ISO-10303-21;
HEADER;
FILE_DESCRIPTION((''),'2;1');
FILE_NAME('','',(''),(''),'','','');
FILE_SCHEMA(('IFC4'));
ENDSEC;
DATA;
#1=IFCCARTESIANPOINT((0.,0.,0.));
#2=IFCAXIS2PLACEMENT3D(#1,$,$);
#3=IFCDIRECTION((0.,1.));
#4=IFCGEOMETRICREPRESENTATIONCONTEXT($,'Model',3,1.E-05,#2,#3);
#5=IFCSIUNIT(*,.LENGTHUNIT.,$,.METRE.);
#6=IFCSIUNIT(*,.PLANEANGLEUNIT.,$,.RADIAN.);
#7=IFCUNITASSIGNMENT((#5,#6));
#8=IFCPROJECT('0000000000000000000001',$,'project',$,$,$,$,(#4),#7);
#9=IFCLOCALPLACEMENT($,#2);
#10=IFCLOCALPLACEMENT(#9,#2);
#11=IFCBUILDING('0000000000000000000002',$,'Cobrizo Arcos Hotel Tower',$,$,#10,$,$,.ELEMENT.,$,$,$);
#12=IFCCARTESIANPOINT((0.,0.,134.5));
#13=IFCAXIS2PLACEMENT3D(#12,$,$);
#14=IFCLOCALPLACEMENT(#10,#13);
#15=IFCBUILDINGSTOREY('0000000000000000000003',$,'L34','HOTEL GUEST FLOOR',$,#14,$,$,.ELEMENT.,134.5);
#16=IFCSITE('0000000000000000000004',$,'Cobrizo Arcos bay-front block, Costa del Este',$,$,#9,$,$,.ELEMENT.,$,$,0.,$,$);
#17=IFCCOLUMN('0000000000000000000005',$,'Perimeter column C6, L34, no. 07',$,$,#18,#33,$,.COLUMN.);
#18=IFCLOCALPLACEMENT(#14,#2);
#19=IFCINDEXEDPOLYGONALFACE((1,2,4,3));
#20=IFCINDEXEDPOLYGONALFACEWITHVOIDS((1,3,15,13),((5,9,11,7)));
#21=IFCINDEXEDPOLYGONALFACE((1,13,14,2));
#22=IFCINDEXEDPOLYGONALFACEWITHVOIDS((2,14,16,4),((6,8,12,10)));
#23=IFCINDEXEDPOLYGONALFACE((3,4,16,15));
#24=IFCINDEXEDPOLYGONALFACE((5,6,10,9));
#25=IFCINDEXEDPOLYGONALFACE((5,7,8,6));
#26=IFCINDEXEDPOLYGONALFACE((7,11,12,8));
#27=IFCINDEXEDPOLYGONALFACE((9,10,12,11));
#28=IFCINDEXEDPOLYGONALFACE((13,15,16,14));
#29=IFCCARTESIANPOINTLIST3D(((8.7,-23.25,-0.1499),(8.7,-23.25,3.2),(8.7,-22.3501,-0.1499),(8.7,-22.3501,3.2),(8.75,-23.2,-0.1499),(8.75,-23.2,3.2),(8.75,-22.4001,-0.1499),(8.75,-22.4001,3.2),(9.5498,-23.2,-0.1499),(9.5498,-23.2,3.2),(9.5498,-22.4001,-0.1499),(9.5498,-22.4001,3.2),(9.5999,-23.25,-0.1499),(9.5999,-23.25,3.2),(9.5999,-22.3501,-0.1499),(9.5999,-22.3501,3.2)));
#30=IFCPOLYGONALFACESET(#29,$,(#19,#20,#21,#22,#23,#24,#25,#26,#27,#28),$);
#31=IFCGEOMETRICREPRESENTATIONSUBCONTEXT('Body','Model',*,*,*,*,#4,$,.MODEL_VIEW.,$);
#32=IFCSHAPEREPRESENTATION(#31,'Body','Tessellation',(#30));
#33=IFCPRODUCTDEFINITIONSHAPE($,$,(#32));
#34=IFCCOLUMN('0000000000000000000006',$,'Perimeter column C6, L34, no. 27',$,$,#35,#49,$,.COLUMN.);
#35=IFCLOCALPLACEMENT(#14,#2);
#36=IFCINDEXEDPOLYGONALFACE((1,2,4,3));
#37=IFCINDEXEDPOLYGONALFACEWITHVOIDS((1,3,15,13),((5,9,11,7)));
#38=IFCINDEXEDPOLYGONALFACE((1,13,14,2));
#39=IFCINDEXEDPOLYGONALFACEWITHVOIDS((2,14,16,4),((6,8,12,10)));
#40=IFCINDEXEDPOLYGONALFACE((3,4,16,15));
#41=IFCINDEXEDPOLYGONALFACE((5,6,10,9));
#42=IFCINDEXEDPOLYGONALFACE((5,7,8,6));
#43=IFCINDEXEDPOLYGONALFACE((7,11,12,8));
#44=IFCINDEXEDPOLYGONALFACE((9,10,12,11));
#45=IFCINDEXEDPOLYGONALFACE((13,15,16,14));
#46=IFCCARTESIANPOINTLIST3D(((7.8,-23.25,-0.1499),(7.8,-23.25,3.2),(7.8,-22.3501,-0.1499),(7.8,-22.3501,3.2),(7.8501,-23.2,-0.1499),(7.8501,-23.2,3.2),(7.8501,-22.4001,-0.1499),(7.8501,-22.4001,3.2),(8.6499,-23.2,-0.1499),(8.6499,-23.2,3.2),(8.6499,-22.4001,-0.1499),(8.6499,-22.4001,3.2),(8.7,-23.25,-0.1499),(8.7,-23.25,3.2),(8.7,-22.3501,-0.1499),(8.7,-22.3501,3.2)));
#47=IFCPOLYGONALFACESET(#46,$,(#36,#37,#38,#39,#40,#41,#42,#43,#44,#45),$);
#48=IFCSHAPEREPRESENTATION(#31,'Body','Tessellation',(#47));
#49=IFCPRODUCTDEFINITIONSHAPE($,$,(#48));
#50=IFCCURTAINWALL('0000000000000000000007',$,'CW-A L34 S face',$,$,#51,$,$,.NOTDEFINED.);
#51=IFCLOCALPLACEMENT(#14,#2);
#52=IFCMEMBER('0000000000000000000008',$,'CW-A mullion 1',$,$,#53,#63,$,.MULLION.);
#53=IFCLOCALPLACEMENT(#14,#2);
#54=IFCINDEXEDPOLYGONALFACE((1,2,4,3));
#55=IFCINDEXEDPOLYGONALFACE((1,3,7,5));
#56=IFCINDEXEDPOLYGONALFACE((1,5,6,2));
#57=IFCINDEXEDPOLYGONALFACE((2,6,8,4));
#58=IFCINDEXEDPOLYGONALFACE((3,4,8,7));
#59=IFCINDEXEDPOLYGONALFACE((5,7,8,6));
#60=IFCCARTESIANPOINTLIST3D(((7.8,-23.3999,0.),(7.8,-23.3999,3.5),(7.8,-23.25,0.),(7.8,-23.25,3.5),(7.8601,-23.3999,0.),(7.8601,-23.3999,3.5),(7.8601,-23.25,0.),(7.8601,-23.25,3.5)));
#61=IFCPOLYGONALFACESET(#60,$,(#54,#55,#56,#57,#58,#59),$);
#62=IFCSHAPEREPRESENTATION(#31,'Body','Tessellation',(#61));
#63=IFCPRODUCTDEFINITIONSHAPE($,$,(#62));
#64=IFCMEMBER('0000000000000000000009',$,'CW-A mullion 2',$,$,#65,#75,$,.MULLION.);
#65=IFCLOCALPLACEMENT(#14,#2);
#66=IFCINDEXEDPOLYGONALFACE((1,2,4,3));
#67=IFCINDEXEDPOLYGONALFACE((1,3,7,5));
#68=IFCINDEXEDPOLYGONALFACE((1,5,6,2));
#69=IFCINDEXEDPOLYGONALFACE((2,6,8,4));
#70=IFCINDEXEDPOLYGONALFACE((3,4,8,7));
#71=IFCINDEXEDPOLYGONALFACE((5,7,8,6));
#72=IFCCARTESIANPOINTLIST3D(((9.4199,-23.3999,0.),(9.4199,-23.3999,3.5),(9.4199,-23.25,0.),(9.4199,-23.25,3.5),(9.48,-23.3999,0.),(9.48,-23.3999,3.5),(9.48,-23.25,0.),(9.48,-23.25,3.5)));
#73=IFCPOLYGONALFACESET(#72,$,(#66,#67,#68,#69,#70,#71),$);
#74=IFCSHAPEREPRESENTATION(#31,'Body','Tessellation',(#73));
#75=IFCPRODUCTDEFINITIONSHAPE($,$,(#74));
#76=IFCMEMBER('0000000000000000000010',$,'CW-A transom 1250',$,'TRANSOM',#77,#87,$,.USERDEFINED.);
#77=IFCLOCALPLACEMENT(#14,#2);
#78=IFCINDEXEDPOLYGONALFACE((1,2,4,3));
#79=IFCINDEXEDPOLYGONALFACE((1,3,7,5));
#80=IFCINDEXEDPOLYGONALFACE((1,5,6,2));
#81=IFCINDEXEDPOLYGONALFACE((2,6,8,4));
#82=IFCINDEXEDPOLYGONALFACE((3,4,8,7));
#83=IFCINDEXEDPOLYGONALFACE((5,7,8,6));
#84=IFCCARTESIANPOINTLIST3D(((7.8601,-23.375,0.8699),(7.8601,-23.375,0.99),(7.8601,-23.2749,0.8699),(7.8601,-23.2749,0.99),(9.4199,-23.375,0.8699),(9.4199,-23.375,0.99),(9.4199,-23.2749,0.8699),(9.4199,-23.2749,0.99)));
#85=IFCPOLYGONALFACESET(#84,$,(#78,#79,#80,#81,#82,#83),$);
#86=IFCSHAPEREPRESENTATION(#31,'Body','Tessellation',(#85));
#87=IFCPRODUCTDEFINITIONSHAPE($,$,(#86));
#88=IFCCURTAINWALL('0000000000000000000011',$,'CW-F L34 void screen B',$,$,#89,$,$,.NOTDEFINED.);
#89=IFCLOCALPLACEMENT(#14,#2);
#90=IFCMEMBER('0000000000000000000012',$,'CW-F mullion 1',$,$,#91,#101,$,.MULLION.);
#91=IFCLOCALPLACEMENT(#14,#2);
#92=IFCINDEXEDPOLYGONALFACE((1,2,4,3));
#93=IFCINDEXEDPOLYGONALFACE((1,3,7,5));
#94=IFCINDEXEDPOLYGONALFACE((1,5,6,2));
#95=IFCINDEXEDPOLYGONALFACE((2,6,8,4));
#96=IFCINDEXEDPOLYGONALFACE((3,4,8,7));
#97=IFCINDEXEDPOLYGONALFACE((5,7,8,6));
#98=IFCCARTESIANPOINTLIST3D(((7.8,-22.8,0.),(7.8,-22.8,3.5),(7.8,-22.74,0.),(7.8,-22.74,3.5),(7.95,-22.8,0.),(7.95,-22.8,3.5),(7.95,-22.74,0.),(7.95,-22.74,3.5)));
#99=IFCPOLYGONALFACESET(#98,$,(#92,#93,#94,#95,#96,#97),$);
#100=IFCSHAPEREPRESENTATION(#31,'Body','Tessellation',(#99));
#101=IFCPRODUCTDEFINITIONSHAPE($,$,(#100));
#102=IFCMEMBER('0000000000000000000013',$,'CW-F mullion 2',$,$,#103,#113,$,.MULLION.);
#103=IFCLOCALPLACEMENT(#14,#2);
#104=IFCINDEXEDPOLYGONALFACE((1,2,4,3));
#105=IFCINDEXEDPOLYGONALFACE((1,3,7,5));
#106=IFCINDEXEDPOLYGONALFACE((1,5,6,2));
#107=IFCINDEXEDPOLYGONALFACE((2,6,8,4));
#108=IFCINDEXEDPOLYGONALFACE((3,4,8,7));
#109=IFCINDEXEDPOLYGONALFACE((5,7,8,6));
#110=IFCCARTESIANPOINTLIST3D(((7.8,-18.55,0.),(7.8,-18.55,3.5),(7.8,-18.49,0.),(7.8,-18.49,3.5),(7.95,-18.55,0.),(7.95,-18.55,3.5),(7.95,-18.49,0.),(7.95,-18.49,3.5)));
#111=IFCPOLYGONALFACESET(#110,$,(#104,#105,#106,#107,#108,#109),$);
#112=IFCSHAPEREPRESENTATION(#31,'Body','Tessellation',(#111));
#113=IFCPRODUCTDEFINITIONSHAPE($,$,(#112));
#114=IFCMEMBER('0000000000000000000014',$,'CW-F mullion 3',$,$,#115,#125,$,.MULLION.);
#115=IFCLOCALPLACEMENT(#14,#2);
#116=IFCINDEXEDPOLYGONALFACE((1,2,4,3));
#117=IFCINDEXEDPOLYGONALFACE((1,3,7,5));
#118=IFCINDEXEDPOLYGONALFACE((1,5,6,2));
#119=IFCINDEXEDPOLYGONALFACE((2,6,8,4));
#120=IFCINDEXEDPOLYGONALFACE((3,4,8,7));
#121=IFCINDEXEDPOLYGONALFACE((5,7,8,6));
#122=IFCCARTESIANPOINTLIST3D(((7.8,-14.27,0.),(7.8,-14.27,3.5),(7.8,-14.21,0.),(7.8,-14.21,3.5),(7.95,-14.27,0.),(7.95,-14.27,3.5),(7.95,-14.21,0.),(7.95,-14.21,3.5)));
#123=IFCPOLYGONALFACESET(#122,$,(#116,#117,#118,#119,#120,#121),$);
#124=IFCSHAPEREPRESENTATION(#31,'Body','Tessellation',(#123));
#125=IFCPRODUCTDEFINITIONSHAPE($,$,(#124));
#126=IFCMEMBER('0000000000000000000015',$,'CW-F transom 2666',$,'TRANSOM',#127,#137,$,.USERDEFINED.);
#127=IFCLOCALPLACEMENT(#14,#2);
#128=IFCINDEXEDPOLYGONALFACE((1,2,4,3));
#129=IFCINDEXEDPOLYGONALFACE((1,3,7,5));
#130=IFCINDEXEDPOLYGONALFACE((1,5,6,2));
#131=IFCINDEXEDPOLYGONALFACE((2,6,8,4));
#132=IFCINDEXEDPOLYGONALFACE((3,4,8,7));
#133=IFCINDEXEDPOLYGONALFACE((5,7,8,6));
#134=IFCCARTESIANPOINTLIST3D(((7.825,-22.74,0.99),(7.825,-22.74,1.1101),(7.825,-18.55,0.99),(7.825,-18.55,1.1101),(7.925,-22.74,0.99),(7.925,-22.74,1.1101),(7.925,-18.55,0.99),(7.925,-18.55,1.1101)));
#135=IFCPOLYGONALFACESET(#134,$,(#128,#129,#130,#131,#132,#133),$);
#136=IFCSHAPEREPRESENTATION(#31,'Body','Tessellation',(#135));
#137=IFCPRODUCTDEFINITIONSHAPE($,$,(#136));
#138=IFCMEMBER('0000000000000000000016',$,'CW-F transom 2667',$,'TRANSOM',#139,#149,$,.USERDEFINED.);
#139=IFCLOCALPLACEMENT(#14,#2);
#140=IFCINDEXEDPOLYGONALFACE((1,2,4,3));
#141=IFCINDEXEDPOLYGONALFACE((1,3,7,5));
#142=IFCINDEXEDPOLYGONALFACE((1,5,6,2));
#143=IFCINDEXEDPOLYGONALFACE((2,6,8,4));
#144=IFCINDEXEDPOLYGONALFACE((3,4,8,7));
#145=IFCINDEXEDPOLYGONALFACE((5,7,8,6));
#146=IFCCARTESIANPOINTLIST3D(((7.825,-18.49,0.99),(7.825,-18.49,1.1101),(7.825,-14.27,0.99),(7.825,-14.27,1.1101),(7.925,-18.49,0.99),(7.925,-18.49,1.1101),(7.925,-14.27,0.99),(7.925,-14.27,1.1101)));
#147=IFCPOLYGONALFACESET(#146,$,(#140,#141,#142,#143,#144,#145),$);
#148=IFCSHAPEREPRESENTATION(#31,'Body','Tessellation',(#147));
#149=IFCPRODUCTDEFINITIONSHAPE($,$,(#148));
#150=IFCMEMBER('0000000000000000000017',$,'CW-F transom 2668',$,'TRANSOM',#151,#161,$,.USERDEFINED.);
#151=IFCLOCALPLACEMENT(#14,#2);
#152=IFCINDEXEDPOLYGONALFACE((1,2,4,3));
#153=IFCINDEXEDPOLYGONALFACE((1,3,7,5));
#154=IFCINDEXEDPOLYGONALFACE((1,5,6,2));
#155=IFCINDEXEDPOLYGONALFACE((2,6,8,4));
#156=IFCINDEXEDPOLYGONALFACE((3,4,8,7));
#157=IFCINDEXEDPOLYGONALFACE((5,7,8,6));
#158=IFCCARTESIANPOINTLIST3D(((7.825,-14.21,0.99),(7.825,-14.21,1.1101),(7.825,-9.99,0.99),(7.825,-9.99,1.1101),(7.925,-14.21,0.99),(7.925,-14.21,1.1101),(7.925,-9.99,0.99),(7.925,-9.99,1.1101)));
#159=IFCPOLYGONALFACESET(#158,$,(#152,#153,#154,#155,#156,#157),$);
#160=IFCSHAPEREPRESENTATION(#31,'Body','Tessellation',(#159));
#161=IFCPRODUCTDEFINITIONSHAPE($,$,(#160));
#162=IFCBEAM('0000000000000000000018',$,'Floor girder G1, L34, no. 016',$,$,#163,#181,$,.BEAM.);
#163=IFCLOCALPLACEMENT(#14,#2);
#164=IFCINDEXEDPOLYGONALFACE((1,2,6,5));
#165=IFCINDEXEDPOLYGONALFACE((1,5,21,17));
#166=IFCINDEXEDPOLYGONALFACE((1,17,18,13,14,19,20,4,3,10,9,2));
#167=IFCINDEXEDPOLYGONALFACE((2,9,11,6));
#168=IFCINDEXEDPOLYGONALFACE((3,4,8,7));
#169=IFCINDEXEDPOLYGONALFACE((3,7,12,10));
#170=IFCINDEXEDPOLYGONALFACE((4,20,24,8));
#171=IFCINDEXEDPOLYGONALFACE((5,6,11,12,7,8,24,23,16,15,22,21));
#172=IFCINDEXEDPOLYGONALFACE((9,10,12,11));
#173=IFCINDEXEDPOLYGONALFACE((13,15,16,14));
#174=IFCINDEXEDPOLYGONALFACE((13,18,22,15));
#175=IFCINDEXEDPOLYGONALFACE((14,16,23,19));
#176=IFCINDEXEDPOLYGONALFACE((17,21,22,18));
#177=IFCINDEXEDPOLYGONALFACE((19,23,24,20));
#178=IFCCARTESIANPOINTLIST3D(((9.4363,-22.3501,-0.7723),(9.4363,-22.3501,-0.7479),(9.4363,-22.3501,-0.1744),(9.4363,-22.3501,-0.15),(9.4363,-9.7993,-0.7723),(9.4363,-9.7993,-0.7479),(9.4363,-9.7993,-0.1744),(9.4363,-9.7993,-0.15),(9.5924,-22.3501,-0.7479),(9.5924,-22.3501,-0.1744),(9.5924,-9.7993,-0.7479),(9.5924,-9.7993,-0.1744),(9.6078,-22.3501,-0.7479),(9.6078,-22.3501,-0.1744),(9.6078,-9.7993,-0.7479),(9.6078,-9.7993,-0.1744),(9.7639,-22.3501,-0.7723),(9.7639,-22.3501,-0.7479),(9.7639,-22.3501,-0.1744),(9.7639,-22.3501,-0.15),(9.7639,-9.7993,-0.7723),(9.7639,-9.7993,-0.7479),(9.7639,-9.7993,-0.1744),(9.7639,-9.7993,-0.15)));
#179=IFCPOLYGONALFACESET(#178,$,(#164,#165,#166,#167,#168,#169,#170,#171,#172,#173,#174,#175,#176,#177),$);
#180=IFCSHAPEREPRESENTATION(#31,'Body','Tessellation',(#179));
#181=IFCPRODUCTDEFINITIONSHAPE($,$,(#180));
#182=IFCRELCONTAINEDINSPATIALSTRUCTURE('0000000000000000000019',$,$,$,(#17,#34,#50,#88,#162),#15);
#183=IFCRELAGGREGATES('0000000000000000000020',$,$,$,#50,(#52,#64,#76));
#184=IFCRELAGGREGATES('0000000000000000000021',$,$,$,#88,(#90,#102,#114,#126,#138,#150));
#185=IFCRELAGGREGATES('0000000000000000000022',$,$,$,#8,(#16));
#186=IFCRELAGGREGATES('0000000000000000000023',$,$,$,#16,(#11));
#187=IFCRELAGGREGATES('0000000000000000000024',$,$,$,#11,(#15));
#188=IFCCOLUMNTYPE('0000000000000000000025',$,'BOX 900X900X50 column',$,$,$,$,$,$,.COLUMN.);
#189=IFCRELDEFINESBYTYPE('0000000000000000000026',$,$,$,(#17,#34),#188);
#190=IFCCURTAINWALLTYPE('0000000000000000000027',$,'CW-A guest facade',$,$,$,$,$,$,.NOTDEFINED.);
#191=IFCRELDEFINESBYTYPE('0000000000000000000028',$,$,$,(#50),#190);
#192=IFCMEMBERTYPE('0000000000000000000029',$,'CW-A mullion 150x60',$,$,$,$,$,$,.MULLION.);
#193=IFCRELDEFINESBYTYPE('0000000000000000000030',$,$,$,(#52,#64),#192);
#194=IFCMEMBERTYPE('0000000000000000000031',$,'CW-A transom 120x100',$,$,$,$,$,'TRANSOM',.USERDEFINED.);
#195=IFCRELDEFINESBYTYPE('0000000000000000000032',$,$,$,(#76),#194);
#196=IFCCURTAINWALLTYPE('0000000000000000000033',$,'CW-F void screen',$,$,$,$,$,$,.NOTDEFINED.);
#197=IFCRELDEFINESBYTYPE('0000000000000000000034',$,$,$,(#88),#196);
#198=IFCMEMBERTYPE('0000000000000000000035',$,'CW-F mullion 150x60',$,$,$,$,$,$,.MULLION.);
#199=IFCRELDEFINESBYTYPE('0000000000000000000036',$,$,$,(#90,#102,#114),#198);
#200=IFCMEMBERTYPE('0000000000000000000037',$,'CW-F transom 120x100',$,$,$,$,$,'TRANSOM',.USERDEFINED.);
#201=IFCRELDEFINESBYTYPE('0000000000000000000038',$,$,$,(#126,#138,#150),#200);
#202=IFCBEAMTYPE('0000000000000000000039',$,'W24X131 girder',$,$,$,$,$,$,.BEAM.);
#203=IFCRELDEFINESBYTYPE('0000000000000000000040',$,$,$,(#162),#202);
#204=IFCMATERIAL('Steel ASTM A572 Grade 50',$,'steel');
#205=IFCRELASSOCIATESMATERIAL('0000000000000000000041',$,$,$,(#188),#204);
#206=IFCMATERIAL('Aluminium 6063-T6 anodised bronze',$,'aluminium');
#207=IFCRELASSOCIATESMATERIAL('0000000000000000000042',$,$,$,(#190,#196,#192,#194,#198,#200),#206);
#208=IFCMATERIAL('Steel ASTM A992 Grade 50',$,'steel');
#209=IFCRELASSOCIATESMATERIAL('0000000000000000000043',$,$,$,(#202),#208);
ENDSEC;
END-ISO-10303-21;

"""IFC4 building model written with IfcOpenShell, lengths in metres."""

from ifc_helpers import new_model, si_unit, direction, frame, origin, origin_2d, place, context, subcontext, project, spatial, rectangle, hollow_rectangle, i_section, extrude, material, material_profile, profile_set, type_object, element, aggregate, save


model = new_model("IFC4")

# Units and contexts
model_context = context("Model", 3, precision=1e-05, world=origin(), true_north=direction((0.0, 1.0)))
body_context = subcontext(model_context, "Body", "Model", "MODEL_VIEW")
ifc_project = project(units=[si_unit("LENGTHUNIT", "METRE"), si_unit("PLANEANGLEUNIT", "RADIAN")], contexts=[model_context])

# Site, building, storey
site_placement = place(None, origin())
site = spatial("IfcSite", under=ifc_project, at=site_placement, Name="Cobrizo Arcos bay-front block, Costa del Este", CompositionType="ELEMENT", RefElevation=0.0)
building_placement = place(site_placement, origin())
building = spatial("IfcBuilding", under=site, at=building_placement, Name="Cobrizo Arcos Hotel Tower", CompositionType="ELEMENT")
storey_placement = place(building_placement, frame((0.0, 0.0, 134.5)))
storey = spatial("IfcBuildingStorey", under=building, at=storey_placement, Name="L34", Description="HOTEL GUEST FLOOR", CompositionType="ELEMENT", Elevation=134.5)

# Columns
ifc_material_1 = material(Name="Steel ASTM A572 Grade 50", Category="steel")
ifc_material_profile_1 = material_profile(ifc_material_1, hollow_rectangle(XDim=0.8999, YDim=0.8999, WallThickness=0.05, at=origin_2d()), Name="BOX 900X900X50")
ifc_profile_set_1 = profile_set([ifc_material_profile_1], Name="Steel ASTM A572 Grade 50")
column_type = type_object("IfcColumnType", Name="BOX 900X900X50 column", PredefinedType="COLUMN", material=ifc_profile_set_1)
for number, where, z_axis, x_axis, name in (
    (1, (9.1499, -22.8, -0.1499), (0.0, 0.0, 1.0), (1.0, 0.0, 0.0), "Perimeter column C6, L34, no. 07"),
    (2, (8.25, -22.8, -0.1499), (0.0, 0.0, 1.0), (1.0, 0.0, 0.0), "Perimeter column C6, L34, no. 27"),
):
    element("IfcColumn", number, at=place(storey_placement, frame(where, z_axis=z_axis, x_axis=x_axis)), inside=storey, type_object=column_type, Name=name, PredefinedType="COLUMN", context=body_context, shape_type="SweptSolid", body=[
        extrude(hollow_rectangle(XDim=0.8999, YDim=0.8999, WallThickness=0.05, at=origin_2d()), origin(), (0.0, 0.0, 1.0), 3.3499),
    ])

# Curtain walls, members
ifc_material_2 = material(Name="Aluminium 6063-T6 anodised bronze", Category="aluminium")
curtain_wall_type_1 = type_object("IfcCurtainWallType", Name="CW-A guest facade", PredefinedType="NOTDEFINED", material=ifc_material_2)
curtain_wall_1_placement = place(storey_placement, origin())
curtain_wall_1 = element("IfcCurtainWall", 3, at=curtain_wall_1_placement, inside=storey, type_object=curtain_wall_type_1, Name="CW-A L34 S face", PredefinedType="NOTDEFINED")
ifc_material_profile_2 = material_profile(ifc_material_2, rectangle(XDim=0.1499, YDim=0.0601, at=origin_2d()), Name="CW-A mullion 150x60")
ifc_profile_set_2 = profile_set([ifc_material_profile_2], Name="Aluminium 6063-T6 anodised bronze")
member_type_1 = type_object("IfcMemberType", Name="CW-A mullion 150x60", PredefinedType="MULLION", material=ifc_profile_set_2)
member_1_placement = place(storey_placement, frame((7.8301, -23.325, 0.0), z_axis=(0.0, 0.0, 1.0), x_axis=(0.0, -1.0, 0.0)))
member_1 = element("IfcMember", 4, at=member_1_placement, type_object=member_type_1, Name="CW-A mullion 1", PredefinedType="MULLION", context=body_context, shape_type="SweptSolid", body=[
    extrude(rectangle(XDim=0.1499, YDim=0.0601, at=origin_2d()), origin(), (0.0, 0.0, 1.0), 3.5),
])
member_2_placement = place(storey_placement, frame((9.45, -23.325, 0.0), z_axis=(0.0, 0.0, 1.0), x_axis=(0.0, -1.0, 0.0)))
member_2 = element("IfcMember", 5, at=member_2_placement, type_object=member_type_1, Name="CW-A mullion 2", PredefinedType="MULLION", context=body_context, shape_type="SweptSolid", body=[
    extrude(rectangle(XDim=0.1499, YDim=0.0601, at=origin_2d()), origin(), (0.0, 0.0, 1.0), 3.5),
])
ifc_material_profile_3 = material_profile(ifc_material_2, rectangle(XDim=0.1001, YDim=0.1201, at=origin_2d()), Name="CW-A transom 120x100")
ifc_profile_set_3 = profile_set([ifc_material_profile_3], Name="Aluminium 6063-T6 anodised bronze")
member_type_2 = type_object("IfcMemberType", Name="CW-A transom 120x100", ElementType="TRANSOM", PredefinedType="USERDEFINED", material=ifc_profile_set_3)
member_3_placement = place(storey_placement, frame((7.8601, -23.325, 0.9299), z_axis=(1.0, 0.0, 0.0), x_axis=(0.0, 1.0, 0.0)))
member_3 = element("IfcMember", 6, at=member_3_placement, type_object=member_type_2, Name="CW-A transom 1250", ObjectType="TRANSOM", PredefinedType="USERDEFINED", context=body_context, shape_type="SweptSolid", body=[
    extrude(rectangle(XDim=0.1001, YDim=0.1201, at=origin_2d()), origin(), (0.0, 0.0, 1.0), 1.5598),
])
curtain_wall_type_2 = type_object("IfcCurtainWallType", Name="CW-F void screen", PredefinedType="NOTDEFINED", material=ifc_material_2)
curtain_wall_2_placement = place(storey_placement, origin())
curtain_wall_2 = element("IfcCurtainWall", 7, at=curtain_wall_2_placement, inside=storey, type_object=curtain_wall_type_2, Name="CW-F L34 void screen B", PredefinedType="NOTDEFINED")
ifc_material_profile_4 = material_profile(ifc_material_2, rectangle(XDim=0.1499, YDim=0.0601, at=origin_2d()), Name="CW-F mullion 150x60")
ifc_profile_set_4 = profile_set([ifc_material_profile_4], Name="Aluminium 6063-T6 anodised bronze")
member_type_3 = type_object("IfcMemberType", Name="CW-F mullion 150x60", PredefinedType="MULLION", material=ifc_profile_set_4)
member_4_placement = place(storey_placement, frame((7.875, -22.77, 0.0), z_axis=(0.0, 0.0, 1.0), x_axis=(1.0, 0.0, 0.0)))
member_4 = element("IfcMember", 8, at=member_4_placement, type_object=member_type_3, Name="CW-F mullion 1", PredefinedType="MULLION", context=body_context, shape_type="SweptSolid", body=[
    extrude(rectangle(XDim=0.1499, YDim=0.0601, at=origin_2d()), origin(), (0.0, 0.0, 1.0), 3.5),
])
member_5_placement = place(storey_placement, frame((7.875, -18.52, 0.0), z_axis=(0.0, 0.0, 1.0), x_axis=(1.0, 0.0, 0.0)))
member_5 = element("IfcMember", 9, at=member_5_placement, type_object=member_type_3, Name="CW-F mullion 2", PredefinedType="MULLION", context=body_context, shape_type="SweptSolid", body=[
    extrude(rectangle(XDim=0.1499, YDim=0.0601, at=origin_2d()), origin(), (0.0, 0.0, 1.0), 3.5),
])
member_6_placement = place(storey_placement, frame((7.875, -14.24, 0.0), z_axis=(0.0, 0.0, 1.0), x_axis=(1.0, 0.0, 0.0)))
member_6 = element("IfcMember", 10, at=member_6_placement, type_object=member_type_3, Name="CW-F mullion 3", PredefinedType="MULLION", context=body_context, shape_type="SweptSolid", body=[
    extrude(rectangle(XDim=0.1499, YDim=0.0601, at=origin_2d()), origin(), (0.0, 0.0, 1.0), 3.5),
])
ifc_material_profile_5 = material_profile(ifc_material_2, rectangle(XDim=0.1001, YDim=0.1201, at=origin_2d()), Name="CW-F transom 120x100")
ifc_profile_set_5 = profile_set([ifc_material_profile_5], Name="Aluminium 6063-T6 anodised bronze")
member_type_4 = type_object("IfcMemberType", Name="CW-F transom 120x100", ElementType="TRANSOM", PredefinedType="USERDEFINED", material=ifc_profile_set_5)
member_7_placement = place(storey_placement, frame((7.875, -22.74, 1.05), z_axis=(0.0, 1.0, 0.0), x_axis=(-1.0, 0.0, 0.0)))
member_7 = element("IfcMember", 11, at=member_7_placement, type_object=member_type_4, Name="CW-F transom 2666", ObjectType="TRANSOM", PredefinedType="USERDEFINED", context=body_context, shape_type="SweptSolid", body=[
    extrude(rectangle(XDim=0.1001, YDim=0.1201, at=origin_2d()), origin(), (0.0, 0.0, 1.0), 4.1899),
])
member_8_placement = place(storey_placement, frame((7.875, -18.49, 1.05), z_axis=(0.0, 1.0, 0.0), x_axis=(-1.0, 0.0, 0.0)))
member_8 = element("IfcMember", 12, at=member_8_placement, type_object=member_type_4, Name="CW-F transom 2667", ObjectType="TRANSOM", PredefinedType="USERDEFINED", context=body_context, shape_type="SweptSolid", body=[
    extrude(rectangle(XDim=0.1001, YDim=0.1201, at=origin_2d()), origin(), (0.0, 0.0, 1.0), 4.22),
])
member_9_placement = place(storey_placement, frame((7.875, -14.21, 1.05), z_axis=(0.0, 1.0, 0.0), x_axis=(-1.0, 0.0, 0.0)))
member_9 = element("IfcMember", 13, at=member_9_placement, type_object=member_type_4, Name="CW-F transom 2668", ObjectType="TRANSOM", PredefinedType="USERDEFINED", context=body_context, shape_type="SweptSolid", body=[
    extrude(rectangle(XDim=0.1001, YDim=0.1201, at=origin_2d()), origin(), (0.0, 0.0, 1.0), 4.22),
])

# Beam
ifc_material_3 = material(Name="Steel ASTM A992 Grade 50", Category="steel")
ifc_material_profile_6 = material_profile(ifc_material_3, i_section(OverallWidth=0.3276, OverallDepth=0.6223, WebThickness=0.0154, FlangeThickness=0.0244, at=origin_2d()), Name="W24X131")
ifc_profile_set_6 = profile_set([ifc_material_profile_6], Name="Steel ASTM A992 Grade 50")
beam_type_1 = type_object("IfcBeamType", Name="W24X131 girder", PredefinedType="BEAM", material=ifc_profile_set_6)
beam_1_placement = place(storey_placement, frame((9.6001, -22.3501, -0.4612), z_axis=(0.0, 1.0, 0.0), x_axis=(-1.0, 0.0, 0.0)))
element("IfcBeam", 14, at=beam_1_placement, inside=storey, type_object=beam_type_1, Name="Floor girder G1, L34, no. 016", PredefinedType="BEAM", context=body_context, shape_type="SweptSolid", body=[
    extrude(i_section(OverallWidth=0.3276, OverallDepth=0.6223, WebThickness=0.0154, FlangeThickness=0.0244, at=origin_2d()), origin(), (0.0, 0.0, 1.0), 12.5508),
])

aggregate(curtain_wall_1, [member_1, member_2, member_3])
aggregate(curtain_wall_2, [member_4, member_5, member_6, member_7, member_8, member_9])

save(model, "model.ifc")
